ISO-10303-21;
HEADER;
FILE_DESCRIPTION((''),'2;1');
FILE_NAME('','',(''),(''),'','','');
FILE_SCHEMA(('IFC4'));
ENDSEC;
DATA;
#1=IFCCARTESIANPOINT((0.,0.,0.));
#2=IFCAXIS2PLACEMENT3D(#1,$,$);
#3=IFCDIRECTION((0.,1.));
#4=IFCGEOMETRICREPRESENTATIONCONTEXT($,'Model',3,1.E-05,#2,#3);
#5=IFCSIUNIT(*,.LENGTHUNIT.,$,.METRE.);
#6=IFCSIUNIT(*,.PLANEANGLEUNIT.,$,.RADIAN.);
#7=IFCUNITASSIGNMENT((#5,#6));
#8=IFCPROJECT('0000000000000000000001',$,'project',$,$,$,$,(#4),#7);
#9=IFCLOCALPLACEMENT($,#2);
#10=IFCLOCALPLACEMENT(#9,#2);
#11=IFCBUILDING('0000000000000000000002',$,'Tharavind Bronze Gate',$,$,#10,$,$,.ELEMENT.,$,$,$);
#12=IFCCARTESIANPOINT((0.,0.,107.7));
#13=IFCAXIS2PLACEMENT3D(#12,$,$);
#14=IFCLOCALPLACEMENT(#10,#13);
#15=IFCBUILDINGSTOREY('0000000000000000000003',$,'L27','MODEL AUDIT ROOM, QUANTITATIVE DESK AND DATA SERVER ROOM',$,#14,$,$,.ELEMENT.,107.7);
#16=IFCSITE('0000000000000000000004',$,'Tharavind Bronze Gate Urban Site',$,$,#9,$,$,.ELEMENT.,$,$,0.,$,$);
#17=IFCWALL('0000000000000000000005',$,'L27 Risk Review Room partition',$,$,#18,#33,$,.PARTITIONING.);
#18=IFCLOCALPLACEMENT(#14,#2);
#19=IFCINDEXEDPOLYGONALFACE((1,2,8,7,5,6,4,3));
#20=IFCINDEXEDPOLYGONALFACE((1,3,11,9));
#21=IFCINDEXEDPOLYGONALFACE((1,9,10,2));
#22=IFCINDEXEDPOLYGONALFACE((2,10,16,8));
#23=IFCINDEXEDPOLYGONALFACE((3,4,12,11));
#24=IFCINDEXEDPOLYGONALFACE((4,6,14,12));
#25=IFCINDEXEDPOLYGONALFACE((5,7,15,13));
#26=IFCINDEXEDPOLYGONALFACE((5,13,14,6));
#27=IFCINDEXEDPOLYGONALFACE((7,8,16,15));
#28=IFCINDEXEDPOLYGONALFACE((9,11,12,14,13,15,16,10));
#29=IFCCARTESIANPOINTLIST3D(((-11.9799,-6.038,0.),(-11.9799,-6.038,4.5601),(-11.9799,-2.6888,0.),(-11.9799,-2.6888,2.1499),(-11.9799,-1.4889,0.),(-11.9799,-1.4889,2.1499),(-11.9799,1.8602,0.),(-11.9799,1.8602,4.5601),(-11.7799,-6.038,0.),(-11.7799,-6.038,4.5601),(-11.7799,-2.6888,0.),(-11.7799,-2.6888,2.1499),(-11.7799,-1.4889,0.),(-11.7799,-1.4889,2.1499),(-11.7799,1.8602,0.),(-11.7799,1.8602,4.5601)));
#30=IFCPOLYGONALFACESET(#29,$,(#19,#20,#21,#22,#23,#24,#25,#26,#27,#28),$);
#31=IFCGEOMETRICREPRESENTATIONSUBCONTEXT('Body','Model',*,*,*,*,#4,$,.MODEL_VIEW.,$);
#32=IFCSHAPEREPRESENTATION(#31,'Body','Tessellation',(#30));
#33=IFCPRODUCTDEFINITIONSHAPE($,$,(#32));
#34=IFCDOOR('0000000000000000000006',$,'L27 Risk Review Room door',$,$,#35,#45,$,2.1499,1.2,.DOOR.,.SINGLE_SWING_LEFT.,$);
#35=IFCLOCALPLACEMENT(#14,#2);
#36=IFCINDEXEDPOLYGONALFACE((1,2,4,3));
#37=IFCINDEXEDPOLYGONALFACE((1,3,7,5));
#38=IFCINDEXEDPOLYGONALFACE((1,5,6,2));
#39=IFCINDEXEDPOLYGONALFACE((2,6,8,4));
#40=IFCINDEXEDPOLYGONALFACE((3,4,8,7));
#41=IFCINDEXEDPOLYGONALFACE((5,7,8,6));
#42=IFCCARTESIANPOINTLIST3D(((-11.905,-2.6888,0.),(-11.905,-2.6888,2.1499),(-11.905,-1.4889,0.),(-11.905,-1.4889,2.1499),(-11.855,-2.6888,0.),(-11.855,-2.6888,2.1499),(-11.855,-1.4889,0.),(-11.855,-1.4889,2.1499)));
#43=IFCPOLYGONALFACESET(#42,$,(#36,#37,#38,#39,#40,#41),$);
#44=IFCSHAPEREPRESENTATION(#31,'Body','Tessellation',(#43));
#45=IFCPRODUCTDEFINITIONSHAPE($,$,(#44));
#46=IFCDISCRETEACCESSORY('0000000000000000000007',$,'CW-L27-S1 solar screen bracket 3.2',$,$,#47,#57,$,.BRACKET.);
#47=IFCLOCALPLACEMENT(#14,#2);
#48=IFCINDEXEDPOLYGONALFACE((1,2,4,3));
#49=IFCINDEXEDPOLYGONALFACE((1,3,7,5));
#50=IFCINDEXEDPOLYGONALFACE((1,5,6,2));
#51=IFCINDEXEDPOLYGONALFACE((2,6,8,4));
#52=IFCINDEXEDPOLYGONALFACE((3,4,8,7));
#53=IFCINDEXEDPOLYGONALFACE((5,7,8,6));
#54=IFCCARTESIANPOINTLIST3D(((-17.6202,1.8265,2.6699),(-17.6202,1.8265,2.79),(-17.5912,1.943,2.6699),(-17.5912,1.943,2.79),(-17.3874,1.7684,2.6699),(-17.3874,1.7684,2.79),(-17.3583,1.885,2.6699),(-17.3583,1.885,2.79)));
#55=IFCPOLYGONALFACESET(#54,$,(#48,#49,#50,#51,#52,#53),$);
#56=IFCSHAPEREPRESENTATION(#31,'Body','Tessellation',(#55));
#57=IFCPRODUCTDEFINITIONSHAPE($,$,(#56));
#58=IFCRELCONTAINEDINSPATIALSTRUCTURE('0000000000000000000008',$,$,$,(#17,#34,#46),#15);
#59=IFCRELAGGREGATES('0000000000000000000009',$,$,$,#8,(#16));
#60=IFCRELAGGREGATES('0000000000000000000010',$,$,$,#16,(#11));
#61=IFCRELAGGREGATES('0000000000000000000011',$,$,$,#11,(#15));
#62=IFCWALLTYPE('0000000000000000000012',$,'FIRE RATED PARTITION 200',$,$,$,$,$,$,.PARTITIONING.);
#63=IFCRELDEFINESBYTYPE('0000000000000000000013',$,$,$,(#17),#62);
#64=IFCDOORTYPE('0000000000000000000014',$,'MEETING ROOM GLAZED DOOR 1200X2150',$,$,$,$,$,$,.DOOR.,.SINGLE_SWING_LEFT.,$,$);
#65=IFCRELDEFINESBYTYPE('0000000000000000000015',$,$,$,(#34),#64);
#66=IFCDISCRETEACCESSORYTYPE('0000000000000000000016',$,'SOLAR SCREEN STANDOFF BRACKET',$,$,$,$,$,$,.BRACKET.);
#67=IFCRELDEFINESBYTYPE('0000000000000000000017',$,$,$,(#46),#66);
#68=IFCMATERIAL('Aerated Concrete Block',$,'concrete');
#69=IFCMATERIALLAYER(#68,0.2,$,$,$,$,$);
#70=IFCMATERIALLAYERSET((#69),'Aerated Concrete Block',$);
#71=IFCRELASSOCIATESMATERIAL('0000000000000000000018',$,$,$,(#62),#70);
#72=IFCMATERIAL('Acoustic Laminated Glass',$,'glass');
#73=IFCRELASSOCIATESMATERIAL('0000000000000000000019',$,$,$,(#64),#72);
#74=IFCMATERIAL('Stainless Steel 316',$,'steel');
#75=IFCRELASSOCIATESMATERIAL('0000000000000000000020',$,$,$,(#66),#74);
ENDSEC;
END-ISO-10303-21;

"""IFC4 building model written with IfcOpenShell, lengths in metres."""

from ifc_helpers import new_model, si_unit, direction, frame, frame_2d, origin, origin_2d, place, context, subcontext, project, spatial, rectangle, extrude, material, layer, layer_set, type_object, element, fill, save


model = new_model("IFC4")

# Units and contexts
model_context = context("Model", 3, precision=1e-05, world=origin(), true_north=direction((0.0, 1.0)))
body_context = subcontext(model_context, "Body", "Model", "MODEL_VIEW")
ifc_project = project(units=[si_unit("LENGTHUNIT", "METRE"), si_unit("PLANEANGLEUNIT", "RADIAN")], contexts=[model_context])

# Site, building, storey
site_placement = place(None, origin())
site = spatial("IfcSite", under=ifc_project, at=site_placement, Name="Tharavind Bronze Gate Urban Site", CompositionType="ELEMENT", RefElevation=0.0)
building_placement = place(site_placement, origin())
building = spatial("IfcBuilding", under=site, at=building_placement, Name="Tharavind Bronze Gate", CompositionType="ELEMENT")
storey_placement = place(building_placement, frame((0.0, 0.0, 107.7)))
storey = spatial("IfcBuildingStorey", under=building, at=storey_placement, Name="L27", Description="MODEL AUDIT ROOM, QUANTITATIVE DESK AND DATA SERVER ROOM", CompositionType="ELEMENT", Elevation=107.7)

# Shared definitions
ifc_material_1 = material(Name="Aerated Concrete Block", Category="concrete")
ifc_layer_1 = layer(ifc_material_1, 0.2)
ifc_layer_set_1 = layer_set([ifc_layer_1], Name="Aerated Concrete Block")
wall_type = type_object("IfcWallType", Name="FIRE RATED PARTITION 200", PredefinedType="PARTITIONING", material=ifc_layer_set_1)

# Wall, opening, door
wall_1_placement = place(storey_placement, frame((-11.8799, 1.8604, 0.0), z_axis=(0.0, 0.0, 1.0), x_axis=(0.0, -1.0, 0.0)))
wall_1 = element("IfcWall", 1, at=wall_1_placement, inside=storey, type_object=wall_type, Name="L27 Risk Review Room partition", PredefinedType="PARTITIONING", context=body_context, shape_type="SweptSolid", body=[
    extrude(rectangle(XDim=7.8982, YDim=0.2, at=frame_2d((3.9492, 0.0))), origin(), (0.0, 0.0, 1.0), 4.5601),
])
opening_placement = place(wall_1_placement, frame((3.3491, 0.0, 0.0)))
opening = element("IfcOpeningElement", 2, at=opening_placement, cuts=wall_1, PredefinedType="OPENING", context=body_context, shape_type="SweptSolid", body=[
    extrude(rectangle(XDim=1.2, YDim=2.1499, at=frame_2d((0.6001, 1.075))), frame((0.0, 0.1101, 0.0), z_axis=(0.0, -1.0, 0.0), x_axis=(1.0, 0.0, 0.0)), (0.0, 0.0, 1.0), 0.22),
])
ifc_material_2 = material(Name="Acoustic Laminated Glass", Category="glass")
door_type = type_object("IfcDoorType", Name="MEETING ROOM GLAZED DOOR 1200X2150", OperationType="SINGLE_SWING_LEFT", PredefinedType="DOOR", material=ifc_material_2)
door_placement = place(opening_placement, origin())
door = element("IfcDoor", 3, at=door_placement, inside=storey, type_object=door_type, Name="L27 Risk Review Room door", OperationType="SINGLE_SWING_LEFT", OverallHeight=2.1499, OverallWidth=1.2, PredefinedType="DOOR", context=body_context, shape_type="SweptSolid", body=[
    extrude(rectangle(XDim=1.2, YDim=2.1499, at=frame_2d((0.6001, 1.075))), frame((0.0, 0.0249, 0.0), z_axis=(0.0, -1.0, 0.0), x_axis=(1.0, 0.0, 0.0)), (0.0, 0.0, 1.0), 0.05),
])
fill(opening, door)

# Discrete accessory
ifc_material_3 = material(Name="Stainless Steel 316", Category="steel")
discrete_accessory_type = type_object("IfcDiscreteAccessoryType", Name="SOLAR SCREEN STANDOFF BRACKET", PredefinedType="BRACKET", material=ifc_material_3)
discrete_accessory_placement = place(storey_placement, frame((-17.4893, 1.8557, 2.6699), z_axis=(0.0, 0.0, 1.0), x_axis=(-0.241922, -0.970296, 0.0)))
element("IfcDiscreteAccessory", 4, at=discrete_accessory_placement, inside=storey, type_object=discrete_accessory_type, Name="CW-L27-S1 solar screen bracket 3.2", PredefinedType="BRACKET", context=body_context, shape_type="SweptSolid", body=[
    extrude(rectangle(XDim=0.1201, YDim=0.24, at=origin_2d()), origin(), (0.0, 0.0, 1.0), 0.1201),
])

save(model, "model.ifc")
